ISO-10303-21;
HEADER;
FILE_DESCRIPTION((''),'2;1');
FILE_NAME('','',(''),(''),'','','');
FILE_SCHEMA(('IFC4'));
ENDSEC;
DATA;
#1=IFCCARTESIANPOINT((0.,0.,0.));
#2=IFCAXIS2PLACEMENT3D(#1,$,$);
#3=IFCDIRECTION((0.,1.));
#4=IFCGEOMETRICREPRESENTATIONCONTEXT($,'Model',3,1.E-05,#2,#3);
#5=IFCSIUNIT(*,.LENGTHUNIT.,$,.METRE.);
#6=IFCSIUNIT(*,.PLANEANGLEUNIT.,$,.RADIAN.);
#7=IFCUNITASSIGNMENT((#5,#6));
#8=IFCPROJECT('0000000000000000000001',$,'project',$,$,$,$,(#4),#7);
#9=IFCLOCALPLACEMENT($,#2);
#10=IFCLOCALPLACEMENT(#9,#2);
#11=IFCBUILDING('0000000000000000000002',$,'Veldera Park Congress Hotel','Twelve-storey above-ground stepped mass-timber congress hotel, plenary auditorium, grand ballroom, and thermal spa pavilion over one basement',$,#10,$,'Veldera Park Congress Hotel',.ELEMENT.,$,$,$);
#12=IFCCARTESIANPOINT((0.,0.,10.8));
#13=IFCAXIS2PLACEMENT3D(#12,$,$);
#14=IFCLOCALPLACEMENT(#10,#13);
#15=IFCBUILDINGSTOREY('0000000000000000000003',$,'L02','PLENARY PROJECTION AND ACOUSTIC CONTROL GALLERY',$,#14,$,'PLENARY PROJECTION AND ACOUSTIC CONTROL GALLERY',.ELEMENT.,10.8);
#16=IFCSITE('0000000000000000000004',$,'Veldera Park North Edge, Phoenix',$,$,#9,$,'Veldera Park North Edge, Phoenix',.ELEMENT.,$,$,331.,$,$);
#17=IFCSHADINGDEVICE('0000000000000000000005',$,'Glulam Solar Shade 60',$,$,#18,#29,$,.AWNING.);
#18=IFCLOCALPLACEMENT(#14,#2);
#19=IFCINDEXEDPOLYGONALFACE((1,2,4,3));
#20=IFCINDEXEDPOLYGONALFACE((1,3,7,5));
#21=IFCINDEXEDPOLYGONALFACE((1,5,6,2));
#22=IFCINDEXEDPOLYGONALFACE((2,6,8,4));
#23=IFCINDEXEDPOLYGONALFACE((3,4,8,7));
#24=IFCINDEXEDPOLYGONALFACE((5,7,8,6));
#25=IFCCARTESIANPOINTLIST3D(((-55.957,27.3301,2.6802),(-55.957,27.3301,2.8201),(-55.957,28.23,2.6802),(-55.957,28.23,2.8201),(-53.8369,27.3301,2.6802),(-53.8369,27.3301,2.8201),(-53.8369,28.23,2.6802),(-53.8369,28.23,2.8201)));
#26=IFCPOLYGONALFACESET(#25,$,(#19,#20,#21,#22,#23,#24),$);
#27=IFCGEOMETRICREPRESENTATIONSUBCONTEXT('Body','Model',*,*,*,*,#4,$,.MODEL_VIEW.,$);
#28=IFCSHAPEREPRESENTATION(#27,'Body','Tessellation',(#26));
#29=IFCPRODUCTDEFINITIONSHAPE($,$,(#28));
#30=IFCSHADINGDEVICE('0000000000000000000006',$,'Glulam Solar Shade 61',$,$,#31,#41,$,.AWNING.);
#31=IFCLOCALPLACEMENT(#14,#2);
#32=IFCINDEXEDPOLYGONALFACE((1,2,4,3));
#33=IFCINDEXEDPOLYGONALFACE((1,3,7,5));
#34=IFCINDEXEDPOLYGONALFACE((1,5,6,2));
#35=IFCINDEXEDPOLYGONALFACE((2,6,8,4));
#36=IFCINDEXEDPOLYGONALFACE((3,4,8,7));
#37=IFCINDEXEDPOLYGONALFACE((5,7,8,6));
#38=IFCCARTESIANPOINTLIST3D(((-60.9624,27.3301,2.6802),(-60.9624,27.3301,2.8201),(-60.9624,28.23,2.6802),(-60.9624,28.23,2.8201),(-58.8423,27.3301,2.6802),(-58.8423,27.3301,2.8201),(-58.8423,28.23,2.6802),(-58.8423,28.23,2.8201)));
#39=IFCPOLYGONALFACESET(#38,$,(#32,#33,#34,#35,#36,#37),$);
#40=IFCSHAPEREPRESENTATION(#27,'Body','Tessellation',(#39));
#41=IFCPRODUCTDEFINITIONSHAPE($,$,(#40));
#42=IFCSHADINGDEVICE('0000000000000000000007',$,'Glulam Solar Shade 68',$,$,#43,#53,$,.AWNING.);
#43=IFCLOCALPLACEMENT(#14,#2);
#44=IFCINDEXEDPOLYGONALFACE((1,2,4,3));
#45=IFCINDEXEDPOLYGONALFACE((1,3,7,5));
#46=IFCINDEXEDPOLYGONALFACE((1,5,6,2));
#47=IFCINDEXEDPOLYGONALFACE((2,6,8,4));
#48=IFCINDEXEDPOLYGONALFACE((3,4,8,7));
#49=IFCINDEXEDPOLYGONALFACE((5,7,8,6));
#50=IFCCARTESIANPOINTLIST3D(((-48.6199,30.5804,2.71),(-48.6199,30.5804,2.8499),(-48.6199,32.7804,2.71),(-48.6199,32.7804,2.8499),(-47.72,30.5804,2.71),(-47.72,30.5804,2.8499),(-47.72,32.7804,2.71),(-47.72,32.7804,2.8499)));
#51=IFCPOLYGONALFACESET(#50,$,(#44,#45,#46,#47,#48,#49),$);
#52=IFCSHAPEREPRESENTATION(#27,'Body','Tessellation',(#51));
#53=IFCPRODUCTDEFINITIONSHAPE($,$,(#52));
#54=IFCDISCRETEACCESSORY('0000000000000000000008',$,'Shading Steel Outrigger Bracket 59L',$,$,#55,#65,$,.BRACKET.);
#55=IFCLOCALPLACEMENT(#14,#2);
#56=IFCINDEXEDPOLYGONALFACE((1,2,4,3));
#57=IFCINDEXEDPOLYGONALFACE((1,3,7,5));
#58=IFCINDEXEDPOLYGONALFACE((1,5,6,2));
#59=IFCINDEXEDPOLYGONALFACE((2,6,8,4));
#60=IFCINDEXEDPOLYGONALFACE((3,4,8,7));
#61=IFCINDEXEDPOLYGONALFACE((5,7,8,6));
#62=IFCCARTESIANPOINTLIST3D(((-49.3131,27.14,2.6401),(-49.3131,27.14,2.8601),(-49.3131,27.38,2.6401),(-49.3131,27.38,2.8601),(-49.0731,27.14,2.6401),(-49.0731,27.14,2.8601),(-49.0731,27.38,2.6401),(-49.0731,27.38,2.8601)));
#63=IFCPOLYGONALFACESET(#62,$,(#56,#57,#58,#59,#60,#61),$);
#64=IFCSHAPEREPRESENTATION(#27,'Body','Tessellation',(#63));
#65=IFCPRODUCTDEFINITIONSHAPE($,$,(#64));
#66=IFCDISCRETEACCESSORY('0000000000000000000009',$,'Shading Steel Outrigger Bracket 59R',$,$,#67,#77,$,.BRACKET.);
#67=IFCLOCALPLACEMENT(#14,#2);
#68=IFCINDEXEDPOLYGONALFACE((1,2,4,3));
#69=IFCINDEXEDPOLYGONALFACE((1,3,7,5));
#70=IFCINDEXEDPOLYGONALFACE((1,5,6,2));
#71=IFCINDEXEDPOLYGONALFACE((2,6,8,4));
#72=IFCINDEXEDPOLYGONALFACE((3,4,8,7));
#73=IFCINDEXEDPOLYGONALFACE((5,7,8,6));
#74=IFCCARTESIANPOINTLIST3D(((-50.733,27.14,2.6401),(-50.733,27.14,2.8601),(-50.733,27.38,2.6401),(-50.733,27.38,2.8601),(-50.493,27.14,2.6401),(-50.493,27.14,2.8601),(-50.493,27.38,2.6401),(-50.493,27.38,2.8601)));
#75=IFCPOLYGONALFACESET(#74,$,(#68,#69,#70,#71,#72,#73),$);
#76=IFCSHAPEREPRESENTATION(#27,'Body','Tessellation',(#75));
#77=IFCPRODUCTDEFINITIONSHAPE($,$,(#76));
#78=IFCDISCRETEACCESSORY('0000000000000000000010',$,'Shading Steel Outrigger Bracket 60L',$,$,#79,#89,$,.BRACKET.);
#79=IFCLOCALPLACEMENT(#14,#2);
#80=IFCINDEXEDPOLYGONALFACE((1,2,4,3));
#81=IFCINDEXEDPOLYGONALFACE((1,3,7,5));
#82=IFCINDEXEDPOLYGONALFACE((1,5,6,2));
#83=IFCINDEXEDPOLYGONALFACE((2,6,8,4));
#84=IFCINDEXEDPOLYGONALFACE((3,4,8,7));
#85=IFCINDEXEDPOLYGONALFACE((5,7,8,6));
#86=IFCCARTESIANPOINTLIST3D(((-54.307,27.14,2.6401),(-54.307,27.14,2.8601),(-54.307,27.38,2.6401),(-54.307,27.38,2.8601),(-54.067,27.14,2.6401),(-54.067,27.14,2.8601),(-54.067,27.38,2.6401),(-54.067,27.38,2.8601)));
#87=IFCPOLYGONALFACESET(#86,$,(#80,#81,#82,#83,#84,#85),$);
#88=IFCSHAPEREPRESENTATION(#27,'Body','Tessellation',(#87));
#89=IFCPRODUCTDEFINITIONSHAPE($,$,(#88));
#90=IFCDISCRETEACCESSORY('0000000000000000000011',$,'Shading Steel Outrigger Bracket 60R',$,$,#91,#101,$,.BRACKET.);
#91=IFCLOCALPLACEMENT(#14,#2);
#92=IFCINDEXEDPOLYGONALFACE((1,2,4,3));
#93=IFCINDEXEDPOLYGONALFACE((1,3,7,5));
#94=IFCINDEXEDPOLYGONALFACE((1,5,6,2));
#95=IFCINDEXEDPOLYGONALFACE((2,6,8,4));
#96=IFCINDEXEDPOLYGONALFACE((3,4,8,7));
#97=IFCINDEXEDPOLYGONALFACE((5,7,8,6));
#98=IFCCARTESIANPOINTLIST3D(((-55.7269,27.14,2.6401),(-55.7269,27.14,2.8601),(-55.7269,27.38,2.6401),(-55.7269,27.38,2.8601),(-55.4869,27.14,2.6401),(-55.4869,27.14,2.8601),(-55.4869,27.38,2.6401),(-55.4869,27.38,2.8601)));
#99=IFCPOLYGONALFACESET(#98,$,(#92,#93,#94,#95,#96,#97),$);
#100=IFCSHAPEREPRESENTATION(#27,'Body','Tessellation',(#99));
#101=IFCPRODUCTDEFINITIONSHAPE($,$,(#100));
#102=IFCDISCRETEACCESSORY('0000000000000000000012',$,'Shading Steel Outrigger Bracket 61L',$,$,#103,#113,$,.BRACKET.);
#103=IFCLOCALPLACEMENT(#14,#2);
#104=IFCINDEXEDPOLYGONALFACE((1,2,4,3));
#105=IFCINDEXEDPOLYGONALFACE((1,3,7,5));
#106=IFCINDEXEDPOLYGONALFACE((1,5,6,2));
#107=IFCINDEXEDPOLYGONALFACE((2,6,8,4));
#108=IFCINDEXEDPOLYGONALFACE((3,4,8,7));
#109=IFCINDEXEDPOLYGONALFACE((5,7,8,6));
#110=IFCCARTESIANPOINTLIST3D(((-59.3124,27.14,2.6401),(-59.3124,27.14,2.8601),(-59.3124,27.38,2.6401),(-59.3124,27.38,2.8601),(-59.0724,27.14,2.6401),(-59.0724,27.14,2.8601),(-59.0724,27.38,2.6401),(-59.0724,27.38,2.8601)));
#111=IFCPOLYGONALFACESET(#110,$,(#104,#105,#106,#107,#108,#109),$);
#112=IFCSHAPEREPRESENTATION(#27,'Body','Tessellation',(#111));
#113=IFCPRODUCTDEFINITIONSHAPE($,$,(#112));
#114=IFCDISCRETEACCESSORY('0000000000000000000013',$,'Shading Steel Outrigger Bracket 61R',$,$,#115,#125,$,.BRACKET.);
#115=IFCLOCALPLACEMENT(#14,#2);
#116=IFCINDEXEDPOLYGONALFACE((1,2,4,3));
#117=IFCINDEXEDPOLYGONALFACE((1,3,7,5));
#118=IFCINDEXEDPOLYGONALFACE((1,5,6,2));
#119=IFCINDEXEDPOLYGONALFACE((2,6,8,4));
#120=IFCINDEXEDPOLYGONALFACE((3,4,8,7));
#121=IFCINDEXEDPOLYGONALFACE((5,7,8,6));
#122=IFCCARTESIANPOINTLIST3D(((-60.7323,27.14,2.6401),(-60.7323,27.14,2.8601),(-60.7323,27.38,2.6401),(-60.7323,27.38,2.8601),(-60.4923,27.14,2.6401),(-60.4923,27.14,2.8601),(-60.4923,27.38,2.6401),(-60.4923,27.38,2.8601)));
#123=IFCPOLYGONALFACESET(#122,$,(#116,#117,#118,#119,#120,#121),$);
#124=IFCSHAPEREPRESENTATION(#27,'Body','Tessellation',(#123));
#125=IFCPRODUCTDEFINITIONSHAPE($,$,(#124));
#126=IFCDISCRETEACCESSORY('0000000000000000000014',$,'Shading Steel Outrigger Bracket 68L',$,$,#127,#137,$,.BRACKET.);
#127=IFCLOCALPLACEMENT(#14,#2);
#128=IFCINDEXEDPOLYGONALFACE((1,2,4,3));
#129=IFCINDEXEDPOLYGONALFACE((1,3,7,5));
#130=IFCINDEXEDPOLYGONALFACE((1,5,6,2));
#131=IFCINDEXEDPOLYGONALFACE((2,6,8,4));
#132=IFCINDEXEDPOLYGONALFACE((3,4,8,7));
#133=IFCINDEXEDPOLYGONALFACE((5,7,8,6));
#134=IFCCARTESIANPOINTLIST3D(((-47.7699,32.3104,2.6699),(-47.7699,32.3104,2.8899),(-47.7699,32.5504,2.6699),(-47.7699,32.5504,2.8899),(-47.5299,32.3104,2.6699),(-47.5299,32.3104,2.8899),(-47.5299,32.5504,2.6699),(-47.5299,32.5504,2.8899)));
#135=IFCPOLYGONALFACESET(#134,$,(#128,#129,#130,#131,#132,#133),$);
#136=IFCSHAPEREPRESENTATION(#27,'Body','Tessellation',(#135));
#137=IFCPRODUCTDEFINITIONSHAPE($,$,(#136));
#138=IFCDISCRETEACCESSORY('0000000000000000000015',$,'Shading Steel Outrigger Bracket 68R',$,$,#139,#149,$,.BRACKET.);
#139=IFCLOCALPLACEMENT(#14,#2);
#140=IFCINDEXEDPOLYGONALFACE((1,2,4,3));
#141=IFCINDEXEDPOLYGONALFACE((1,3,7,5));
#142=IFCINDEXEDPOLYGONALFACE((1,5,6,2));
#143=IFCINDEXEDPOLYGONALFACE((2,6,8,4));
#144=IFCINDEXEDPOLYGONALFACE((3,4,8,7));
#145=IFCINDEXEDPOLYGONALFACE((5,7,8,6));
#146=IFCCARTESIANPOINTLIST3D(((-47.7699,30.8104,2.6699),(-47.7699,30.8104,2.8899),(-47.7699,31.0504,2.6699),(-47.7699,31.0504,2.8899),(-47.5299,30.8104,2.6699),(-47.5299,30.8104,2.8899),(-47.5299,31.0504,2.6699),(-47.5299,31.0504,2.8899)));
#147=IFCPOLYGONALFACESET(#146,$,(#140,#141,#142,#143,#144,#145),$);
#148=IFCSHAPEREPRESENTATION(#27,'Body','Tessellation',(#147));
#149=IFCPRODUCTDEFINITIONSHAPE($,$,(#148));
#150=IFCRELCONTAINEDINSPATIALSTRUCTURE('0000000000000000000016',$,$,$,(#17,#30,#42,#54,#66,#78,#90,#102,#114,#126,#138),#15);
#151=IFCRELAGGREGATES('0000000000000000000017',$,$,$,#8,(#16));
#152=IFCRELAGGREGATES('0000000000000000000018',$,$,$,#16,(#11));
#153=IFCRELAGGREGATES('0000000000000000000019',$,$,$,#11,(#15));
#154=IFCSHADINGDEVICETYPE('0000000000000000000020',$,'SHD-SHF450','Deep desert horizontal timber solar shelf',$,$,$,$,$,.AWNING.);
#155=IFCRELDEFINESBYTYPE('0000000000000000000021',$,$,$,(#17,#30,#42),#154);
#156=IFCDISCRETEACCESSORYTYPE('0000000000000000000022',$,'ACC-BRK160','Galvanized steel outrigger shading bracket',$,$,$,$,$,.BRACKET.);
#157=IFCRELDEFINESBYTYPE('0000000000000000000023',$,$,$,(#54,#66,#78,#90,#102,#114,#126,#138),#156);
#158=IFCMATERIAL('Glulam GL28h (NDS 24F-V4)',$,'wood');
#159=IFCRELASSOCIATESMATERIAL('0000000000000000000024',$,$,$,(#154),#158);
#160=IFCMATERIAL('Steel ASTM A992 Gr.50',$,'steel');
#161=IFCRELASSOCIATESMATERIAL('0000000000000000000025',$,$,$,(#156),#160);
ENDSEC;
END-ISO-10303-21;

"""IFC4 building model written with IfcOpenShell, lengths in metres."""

from ifc_helpers import new_model, si_unit, direction, frame, origin, origin_2d, place, context, subcontext, project, spatial, rectangle, extrude, material, type_object, element, save


model = new_model("IFC4")

# Units and contexts
model_context = context("Model", 3, precision=1e-05, world=origin(), true_north=direction((0.0, 1.0)))
body_context = subcontext(model_context, "Body", "Model", "MODEL_VIEW")
ifc_project = project(units=[si_unit("LENGTHUNIT", "METRE"), si_unit("PLANEANGLEUNIT", "RADIAN")], contexts=[model_context])

# Site, building, storey
site_placement = place(None, origin())
site = spatial("IfcSite", under=ifc_project, at=site_placement, Name="Veldera Park North Edge, Phoenix", LongName="Veldera Park North Edge, Phoenix", CompositionType="ELEMENT", RefElevation=331.0)
building_placement = place(site_placement, origin())
building = spatial("IfcBuilding", under=site, at=building_placement, Name="Veldera Park Congress Hotel", Description="Twelve-storey above-ground stepped mass-timber congress hotel, plenary auditorium, grand ballroom, and thermal spa pavilion over one basement", LongName="Veldera Park Congress Hotel", CompositionType="ELEMENT")
storey_placement = place(building_placement, frame((0.0, 0.0, 10.8)))
storey = spatial("IfcBuildingStorey", under=building, at=storey_placement, Name="L02", Description="PLENARY PROJECTION AND ACOUSTIC CONTROL GALLERY", LongName="PLENARY PROJECTION AND ACOUSTIC CONTROL GALLERY", CompositionType="ELEMENT", Elevation=10.8)

# Shared definitions
ifc_material_1 = material(Name="Steel ASTM A992 Gr.50", Category="steel")

# Shading devices
ifc_material_2 = material(Name="Glulam GL28h (NDS 24F-V4)", Category="wood")
shading_device_type = type_object("IfcShadingDeviceType", Name="SHD-SHF450", Description="Deep desert horizontal timber solar shelf", PredefinedType="AWNING", material=ifc_material_2)
for number, where, z_axis, x_axis, name in (
    (1, (-54.897, 27.78, 2.6802), (0.0, 0.0, 1.0), (-1.0, 0.0, 0.0), "Glulam Solar Shade 60"),
    (2, (-59.9023, 27.78, 2.6802), (0.0, 0.0, 1.0), (-1.0, 0.0, 0.0), "Glulam Solar Shade 61"),
):
    element("IfcShadingDevice", number, at=place(storey_placement, frame(where, z_axis=z_axis, x_axis=x_axis)), inside=storey, type_object=shading_device_type, Name=name, PredefinedType="AWNING", context=body_context, shape_type="SweptSolid", body=[
        extrude(rectangle(XDim=2.1201, YDim=0.8999, at=origin_2d()), origin(), (0.0, 0.0, 1.0), 0.1399),
    ])
shading_device_placement = place(storey_placement, frame((-48.1699, 31.6804, 2.71), z_axis=(0.0, 0.0, 1.0), x_axis=(0.0, -1.0, 0.0)))
element("IfcShadingDevice", 3, at=shading_device_placement, inside=storey, type_object=shading_device_type, Name="Glulam Solar Shade 68", PredefinedType="AWNING", context=body_context, shape_type="SweptSolid", body=[
    extrude(rectangle(XDim=2.2, YDim=0.8999, at=origin_2d()), origin(), (0.0, 0.0, 1.0), 0.1399),
])

# Discrete accessories
discrete_accessory_type = type_object("IfcDiscreteAccessoryType", Name="ACC-BRK160", Description="Galvanized steel outrigger shading bracket", PredefinedType="BRACKET", material=ifc_material_1)
for number, where, z_axis, x_axis, name in (
    (4, (-49.1931, 27.26, 2.6401), (0.0, 0.0, 1.0), (-1.0, 0.0, 0.0), "Shading Steel Outrigger Bracket 59L"),
    (5, (-50.613, 27.26, 2.6401), (0.0, 0.0, 1.0), (-1.0, 0.0, 0.0), "Shading Steel Outrigger Bracket 59R"),
    (6, (-54.187, 27.26, 2.6401), (0.0, 0.0, 1.0), (-1.0, 0.0, 0.0), "Shading Steel Outrigger Bracket 60L"),
    (7, (-55.6069, 27.26, 2.6401), (0.0, 0.0, 1.0), (-1.0, 0.0, 0.0), "Shading Steel Outrigger Bracket 60R"),
    (8, (-59.1924, 27.26, 2.6401), (0.0, 0.0, 1.0), (-1.0, 0.0, 0.0), "Shading Steel Outrigger Bracket 61L"),
    (9, (-60.6123, 27.26, 2.6401), (0.0, 0.0, 1.0), (-1.0, 0.0, 0.0), "Shading Steel Outrigger Bracket 61R"),
    (10, (-47.6499, 32.4304, 2.6699), (0.0, 0.0, 1.0), (0.0, -1.0, 0.0), "Shading Steel Outrigger Bracket 68L"),
    (11, (-47.6499, 30.9304, 2.6699), (0.0, 0.0, 1.0), (0.0, -1.0, 0.0), "Shading Steel Outrigger Bracket 68R"),
):
    element("IfcDiscreteAccessory", number, at=place(storey_placement, frame(where, z_axis=z_axis, x_axis=x_axis)), inside=storey, type_object=discrete_accessory_type, Name=name, PredefinedType="BRACKET", context=body_context, shape_type="SweptSolid", body=[
        extrude(rectangle(XDim=0.24, YDim=0.24, at=origin_2d()), origin(), (0.0, 0.0, 1.0), 0.22),
    ])

save(model, "model.ifc")
